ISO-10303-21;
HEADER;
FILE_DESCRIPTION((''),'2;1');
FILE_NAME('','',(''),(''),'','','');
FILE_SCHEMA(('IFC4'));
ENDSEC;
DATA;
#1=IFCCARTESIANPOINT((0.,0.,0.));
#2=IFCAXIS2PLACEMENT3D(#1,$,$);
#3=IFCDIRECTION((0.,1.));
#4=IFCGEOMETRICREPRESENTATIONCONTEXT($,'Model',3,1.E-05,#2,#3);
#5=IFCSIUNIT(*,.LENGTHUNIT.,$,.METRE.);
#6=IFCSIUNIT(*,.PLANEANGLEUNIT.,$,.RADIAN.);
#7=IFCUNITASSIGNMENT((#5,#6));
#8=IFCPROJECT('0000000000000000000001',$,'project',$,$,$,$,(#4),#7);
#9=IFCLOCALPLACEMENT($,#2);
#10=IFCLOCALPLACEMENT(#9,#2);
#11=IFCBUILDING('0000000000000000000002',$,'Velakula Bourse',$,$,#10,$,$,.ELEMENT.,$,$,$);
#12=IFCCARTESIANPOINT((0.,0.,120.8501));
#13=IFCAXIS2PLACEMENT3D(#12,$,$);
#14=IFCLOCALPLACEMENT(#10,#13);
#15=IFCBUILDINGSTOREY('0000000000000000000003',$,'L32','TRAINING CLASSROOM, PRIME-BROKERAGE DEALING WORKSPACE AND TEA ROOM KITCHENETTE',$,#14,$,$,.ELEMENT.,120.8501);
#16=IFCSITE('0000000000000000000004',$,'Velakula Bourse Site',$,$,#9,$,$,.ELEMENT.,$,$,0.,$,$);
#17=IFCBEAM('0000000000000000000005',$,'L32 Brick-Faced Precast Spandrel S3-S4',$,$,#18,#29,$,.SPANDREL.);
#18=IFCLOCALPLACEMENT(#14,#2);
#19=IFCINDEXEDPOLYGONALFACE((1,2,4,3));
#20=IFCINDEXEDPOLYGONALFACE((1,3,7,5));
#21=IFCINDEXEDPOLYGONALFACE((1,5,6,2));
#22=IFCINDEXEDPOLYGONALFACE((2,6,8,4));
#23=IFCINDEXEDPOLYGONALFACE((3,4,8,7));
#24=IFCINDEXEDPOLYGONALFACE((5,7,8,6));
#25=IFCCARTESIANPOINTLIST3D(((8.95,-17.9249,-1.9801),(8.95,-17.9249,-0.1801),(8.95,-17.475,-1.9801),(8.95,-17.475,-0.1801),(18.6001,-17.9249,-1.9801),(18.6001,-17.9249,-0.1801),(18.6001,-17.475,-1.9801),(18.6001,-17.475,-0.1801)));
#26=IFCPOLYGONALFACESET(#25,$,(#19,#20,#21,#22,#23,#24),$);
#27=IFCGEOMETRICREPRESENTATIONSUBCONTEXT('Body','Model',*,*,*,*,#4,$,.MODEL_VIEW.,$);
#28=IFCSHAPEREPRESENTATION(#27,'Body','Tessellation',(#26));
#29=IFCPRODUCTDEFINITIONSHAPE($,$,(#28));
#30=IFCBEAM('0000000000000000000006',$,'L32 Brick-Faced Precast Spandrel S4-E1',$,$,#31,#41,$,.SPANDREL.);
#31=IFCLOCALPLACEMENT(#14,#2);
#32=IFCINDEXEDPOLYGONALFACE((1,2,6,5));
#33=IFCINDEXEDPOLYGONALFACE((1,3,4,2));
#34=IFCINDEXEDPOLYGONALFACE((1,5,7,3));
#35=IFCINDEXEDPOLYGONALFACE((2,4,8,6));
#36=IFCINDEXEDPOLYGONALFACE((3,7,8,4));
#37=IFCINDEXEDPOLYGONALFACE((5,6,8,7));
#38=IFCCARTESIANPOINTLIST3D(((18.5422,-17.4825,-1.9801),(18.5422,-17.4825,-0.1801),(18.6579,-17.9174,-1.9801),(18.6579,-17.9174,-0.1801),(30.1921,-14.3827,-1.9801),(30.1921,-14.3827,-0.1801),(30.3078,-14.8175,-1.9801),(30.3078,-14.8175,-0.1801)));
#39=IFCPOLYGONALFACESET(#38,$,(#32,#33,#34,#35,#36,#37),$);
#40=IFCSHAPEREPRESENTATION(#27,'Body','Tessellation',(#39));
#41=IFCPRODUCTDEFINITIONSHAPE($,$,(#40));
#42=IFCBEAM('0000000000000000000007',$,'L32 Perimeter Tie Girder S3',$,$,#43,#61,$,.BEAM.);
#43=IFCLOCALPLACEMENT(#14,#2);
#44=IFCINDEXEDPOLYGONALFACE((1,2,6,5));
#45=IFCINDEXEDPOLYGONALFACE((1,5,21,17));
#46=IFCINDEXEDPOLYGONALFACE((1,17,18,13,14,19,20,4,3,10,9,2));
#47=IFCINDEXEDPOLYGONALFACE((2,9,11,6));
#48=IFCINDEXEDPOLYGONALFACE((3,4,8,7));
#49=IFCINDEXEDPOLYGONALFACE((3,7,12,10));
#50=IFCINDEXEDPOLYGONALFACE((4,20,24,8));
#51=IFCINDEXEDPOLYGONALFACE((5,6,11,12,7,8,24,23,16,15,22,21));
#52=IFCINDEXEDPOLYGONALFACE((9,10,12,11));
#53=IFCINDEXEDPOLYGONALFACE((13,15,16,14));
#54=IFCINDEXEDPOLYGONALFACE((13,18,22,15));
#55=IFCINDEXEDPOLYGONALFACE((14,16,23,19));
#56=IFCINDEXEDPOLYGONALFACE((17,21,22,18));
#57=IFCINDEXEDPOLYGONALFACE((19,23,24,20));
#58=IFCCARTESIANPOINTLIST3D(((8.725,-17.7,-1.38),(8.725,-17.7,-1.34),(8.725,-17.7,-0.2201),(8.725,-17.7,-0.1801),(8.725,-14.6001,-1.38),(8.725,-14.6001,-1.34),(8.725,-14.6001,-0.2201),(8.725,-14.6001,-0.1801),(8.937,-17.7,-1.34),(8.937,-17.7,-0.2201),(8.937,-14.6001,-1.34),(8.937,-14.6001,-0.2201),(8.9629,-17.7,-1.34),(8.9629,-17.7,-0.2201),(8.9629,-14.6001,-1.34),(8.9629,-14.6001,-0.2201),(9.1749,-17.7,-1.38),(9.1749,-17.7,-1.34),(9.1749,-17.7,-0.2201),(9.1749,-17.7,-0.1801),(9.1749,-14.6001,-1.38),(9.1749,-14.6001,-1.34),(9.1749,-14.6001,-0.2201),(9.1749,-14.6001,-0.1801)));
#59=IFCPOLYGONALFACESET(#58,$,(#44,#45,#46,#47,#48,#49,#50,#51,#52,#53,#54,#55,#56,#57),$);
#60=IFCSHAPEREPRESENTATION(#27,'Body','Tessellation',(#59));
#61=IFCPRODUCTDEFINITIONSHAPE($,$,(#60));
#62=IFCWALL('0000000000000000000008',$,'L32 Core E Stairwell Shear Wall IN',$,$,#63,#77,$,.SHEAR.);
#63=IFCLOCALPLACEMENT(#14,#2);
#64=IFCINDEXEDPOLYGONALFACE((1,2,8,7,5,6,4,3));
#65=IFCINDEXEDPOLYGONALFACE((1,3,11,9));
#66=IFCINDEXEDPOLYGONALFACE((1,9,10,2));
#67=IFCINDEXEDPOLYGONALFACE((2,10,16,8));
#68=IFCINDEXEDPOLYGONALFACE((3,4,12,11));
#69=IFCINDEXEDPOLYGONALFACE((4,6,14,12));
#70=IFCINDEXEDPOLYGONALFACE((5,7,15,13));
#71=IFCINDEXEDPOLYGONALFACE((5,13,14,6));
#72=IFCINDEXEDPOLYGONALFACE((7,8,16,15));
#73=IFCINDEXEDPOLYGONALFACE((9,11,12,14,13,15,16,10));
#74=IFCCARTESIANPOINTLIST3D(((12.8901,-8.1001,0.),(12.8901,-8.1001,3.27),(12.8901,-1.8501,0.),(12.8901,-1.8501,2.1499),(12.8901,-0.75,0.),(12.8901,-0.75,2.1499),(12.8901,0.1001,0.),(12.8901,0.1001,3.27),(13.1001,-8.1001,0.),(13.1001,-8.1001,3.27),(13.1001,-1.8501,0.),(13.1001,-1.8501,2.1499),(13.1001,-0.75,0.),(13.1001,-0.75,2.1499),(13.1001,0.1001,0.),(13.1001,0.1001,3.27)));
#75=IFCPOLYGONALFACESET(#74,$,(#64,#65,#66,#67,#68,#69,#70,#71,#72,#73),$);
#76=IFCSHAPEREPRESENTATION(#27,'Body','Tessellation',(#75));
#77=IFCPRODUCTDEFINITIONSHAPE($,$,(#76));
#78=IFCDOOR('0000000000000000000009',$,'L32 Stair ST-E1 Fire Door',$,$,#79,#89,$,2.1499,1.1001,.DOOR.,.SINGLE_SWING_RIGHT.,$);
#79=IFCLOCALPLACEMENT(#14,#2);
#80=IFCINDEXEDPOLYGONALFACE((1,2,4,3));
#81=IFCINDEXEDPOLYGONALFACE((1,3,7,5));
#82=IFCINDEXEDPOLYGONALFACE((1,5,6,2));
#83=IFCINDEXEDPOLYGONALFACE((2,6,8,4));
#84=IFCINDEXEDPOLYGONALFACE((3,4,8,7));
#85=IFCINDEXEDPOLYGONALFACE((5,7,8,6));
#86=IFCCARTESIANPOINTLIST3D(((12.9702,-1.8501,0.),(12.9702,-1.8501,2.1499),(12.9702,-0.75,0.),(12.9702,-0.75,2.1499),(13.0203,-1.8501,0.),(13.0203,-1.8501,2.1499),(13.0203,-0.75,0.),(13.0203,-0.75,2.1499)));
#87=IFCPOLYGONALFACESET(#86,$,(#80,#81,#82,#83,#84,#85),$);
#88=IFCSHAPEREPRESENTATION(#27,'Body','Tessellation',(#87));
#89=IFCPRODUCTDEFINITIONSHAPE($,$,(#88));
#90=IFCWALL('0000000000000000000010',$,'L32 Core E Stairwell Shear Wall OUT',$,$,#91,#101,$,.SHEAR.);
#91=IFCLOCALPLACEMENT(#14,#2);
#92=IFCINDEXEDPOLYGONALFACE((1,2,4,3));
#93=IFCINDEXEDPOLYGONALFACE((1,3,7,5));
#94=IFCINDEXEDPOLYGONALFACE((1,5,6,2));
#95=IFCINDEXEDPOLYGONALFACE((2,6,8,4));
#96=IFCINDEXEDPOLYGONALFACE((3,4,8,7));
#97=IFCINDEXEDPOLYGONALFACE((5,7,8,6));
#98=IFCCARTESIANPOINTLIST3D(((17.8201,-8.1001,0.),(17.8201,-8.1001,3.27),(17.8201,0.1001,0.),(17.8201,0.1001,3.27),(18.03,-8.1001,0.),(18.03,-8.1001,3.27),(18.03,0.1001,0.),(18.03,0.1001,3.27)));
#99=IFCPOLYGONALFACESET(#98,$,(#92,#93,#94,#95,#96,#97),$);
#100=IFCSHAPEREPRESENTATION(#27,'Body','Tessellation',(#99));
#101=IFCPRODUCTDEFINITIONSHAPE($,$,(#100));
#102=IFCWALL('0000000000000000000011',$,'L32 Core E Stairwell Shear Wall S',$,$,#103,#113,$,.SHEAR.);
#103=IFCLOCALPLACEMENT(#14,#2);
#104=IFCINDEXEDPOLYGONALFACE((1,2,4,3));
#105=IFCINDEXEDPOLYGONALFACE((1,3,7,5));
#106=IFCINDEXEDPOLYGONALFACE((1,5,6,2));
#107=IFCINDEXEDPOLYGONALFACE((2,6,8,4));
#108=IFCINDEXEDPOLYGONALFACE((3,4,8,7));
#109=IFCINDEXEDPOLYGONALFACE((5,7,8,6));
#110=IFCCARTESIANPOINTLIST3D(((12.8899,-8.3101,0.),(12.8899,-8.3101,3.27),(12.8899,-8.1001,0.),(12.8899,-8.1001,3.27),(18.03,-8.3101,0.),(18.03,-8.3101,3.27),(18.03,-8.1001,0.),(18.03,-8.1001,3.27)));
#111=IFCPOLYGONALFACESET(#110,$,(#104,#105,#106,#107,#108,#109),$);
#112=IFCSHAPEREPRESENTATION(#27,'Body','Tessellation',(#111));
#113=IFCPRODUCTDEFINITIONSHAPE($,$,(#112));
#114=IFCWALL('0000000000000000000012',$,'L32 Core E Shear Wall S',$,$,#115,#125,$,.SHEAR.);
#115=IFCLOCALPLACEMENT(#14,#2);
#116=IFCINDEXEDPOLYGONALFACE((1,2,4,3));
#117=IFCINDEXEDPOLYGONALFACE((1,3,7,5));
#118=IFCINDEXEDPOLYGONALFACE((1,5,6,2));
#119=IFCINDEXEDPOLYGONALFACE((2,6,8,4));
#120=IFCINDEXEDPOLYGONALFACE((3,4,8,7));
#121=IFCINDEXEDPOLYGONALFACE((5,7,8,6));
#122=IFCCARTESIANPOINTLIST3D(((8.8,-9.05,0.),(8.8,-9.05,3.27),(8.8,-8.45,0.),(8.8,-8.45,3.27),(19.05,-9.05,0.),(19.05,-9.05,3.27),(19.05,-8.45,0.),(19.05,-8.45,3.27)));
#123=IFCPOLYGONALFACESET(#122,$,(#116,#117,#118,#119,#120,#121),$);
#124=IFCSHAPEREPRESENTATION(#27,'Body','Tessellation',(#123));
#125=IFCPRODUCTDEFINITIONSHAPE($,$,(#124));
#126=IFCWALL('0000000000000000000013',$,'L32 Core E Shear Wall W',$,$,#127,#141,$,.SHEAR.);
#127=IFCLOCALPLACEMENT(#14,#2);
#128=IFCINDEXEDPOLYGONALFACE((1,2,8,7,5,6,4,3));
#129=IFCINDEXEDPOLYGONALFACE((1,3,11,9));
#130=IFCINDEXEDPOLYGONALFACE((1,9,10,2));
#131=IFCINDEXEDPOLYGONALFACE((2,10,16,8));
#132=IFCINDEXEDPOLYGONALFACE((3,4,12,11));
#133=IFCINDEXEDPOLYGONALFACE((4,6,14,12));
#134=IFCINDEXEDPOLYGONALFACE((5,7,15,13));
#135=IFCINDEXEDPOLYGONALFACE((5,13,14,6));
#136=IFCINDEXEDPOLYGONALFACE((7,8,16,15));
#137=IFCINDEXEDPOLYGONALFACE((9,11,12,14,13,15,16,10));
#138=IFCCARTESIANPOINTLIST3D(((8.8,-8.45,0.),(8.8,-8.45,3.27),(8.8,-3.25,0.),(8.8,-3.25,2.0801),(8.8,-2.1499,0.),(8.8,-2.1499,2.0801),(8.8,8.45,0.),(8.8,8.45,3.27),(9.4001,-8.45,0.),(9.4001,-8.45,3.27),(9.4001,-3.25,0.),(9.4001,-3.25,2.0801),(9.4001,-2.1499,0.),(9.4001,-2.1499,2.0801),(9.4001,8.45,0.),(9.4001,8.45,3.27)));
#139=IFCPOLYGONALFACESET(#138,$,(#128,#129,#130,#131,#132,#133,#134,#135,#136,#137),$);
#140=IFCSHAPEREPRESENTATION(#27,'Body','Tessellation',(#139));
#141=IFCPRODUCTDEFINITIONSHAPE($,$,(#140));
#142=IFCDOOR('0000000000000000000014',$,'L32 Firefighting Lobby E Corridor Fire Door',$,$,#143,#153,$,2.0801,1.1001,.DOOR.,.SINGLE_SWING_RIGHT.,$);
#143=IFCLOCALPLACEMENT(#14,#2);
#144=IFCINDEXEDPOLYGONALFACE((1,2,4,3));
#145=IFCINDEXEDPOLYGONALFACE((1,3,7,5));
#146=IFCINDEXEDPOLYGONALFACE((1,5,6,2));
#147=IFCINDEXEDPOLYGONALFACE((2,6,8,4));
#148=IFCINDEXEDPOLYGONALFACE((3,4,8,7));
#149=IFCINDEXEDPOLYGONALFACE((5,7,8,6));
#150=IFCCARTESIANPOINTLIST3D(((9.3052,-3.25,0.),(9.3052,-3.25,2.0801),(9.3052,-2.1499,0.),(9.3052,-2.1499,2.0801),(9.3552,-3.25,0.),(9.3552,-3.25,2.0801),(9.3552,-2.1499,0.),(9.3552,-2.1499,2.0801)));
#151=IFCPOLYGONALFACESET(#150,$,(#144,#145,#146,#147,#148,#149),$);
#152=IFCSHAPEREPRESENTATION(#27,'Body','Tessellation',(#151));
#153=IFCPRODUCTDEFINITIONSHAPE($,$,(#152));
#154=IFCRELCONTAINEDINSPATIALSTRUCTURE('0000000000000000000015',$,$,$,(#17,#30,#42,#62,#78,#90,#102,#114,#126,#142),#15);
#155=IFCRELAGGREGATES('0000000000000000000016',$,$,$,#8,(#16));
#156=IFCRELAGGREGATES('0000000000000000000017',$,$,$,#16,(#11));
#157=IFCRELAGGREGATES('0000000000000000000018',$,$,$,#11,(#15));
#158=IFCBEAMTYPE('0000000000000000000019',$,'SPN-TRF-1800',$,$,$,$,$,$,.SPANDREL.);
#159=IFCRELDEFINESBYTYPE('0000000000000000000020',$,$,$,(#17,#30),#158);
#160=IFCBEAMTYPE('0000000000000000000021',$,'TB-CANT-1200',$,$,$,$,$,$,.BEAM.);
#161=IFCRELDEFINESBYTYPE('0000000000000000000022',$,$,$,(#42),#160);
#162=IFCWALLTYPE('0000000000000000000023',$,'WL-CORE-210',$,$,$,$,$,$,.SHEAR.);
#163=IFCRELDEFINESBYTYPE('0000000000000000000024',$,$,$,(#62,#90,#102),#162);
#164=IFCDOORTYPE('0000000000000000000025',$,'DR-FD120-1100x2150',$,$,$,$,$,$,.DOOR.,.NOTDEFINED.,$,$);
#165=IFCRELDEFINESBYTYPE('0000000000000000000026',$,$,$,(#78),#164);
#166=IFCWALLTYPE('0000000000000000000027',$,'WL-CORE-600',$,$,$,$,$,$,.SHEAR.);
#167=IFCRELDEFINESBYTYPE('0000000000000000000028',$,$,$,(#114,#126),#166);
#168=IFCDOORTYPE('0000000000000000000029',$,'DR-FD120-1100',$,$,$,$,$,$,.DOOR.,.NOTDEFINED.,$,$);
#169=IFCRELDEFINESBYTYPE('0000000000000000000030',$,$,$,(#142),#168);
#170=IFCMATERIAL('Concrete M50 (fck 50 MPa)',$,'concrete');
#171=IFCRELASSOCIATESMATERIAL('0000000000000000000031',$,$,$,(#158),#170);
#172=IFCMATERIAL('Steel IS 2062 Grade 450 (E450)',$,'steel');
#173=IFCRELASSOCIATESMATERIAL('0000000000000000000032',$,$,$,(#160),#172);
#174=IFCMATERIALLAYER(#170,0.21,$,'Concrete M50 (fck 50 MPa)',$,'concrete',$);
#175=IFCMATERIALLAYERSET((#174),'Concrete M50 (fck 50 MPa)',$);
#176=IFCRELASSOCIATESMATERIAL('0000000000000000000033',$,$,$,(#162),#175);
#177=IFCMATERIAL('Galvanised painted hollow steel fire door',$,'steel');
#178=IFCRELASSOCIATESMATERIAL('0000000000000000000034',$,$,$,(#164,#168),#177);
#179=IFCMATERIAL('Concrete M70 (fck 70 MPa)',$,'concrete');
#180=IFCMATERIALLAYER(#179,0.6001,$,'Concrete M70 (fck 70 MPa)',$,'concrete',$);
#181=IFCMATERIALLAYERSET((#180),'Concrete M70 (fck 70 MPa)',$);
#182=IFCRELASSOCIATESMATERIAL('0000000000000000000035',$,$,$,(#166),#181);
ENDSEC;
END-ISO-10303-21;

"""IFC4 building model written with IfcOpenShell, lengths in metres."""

from ifc_helpers import new_model, si_unit, direction, frame, frame_2d, origin, origin_2d, place, context, subcontext, project, spatial, rectangle, i_section, extrude, material, layer, layer_set, material_profile, profile_set, type_object, element, fill, save


model = new_model("IFC4")

# Units and contexts
model_context = context("Model", 3, precision=1e-05, world=origin(), true_north=direction((0.0, 1.0)))
body_context = subcontext(model_context, "Body", "Model", "MODEL_VIEW")
ifc_project = project(units=[si_unit("LENGTHUNIT", "METRE"), si_unit("PLANEANGLEUNIT", "RADIAN")], contexts=[model_context])

# Site, building, storey
site_placement = place(None, origin())
site = spatial("IfcSite", under=ifc_project, at=site_placement, Name="Velakula Bourse Site", CompositionType="ELEMENT", RefElevation=0.0)
building_placement = place(site_placement, origin())
building = spatial("IfcBuilding", under=site, at=building_placement, Name="Velakula Bourse", CompositionType="ELEMENT")
storey_placement = place(building_placement, frame((0.0, 0.0, 120.8501)))
storey = spatial("IfcBuildingStorey", under=building, at=storey_placement, Name="L32", Description="TRAINING CLASSROOM, PRIME-BROKERAGE DEALING WORKSPACE AND TEA ROOM KITCHENETTE", CompositionType="ELEMENT", Elevation=120.8501)

# Shared definitions
ifc_material_1 = material(Name="Concrete M70 (fck 70 MPa)", Category="concrete")

# Beams
ifc_material_2 = material(Name="Concrete M50 (fck 50 MPa)", Category="concrete")
ifc_material_profile_1 = material_profile(ifc_material_2, rectangle(XDim=0.45, YDim=1.8, at=origin_2d()), Name="Concrete M50 (fck 50 MPa)")
ifc_profile_set_1 = profile_set([ifc_material_profile_1], Name="Concrete M50 (fck 50 MPa)")
beam_type_1 = type_object("IfcBeamType", Name="SPN-TRF-1800", PredefinedType="SPANDREL", material=ifc_profile_set_1)
beam_1_placement = place(storey_placement, frame((8.95, -17.7, -1.0801), z_axis=(1.0, 0.0, 0.0), x_axis=(0.0, 1.0, 0.0)))
element("IfcBeam", 1, at=beam_1_placement, inside=storey, type_object=beam_type_1, Name="L32 Brick-Faced Precast Spandrel S3-S4", PredefinedType="SPANDREL", context=body_context, shape_type="SweptSolid", body=[
    extrude(rectangle(XDim=0.45, YDim=1.8, at=origin_2d()), origin(), (0.0, 0.0, 1.0), 9.6501),
])
beam_2_placement = place(storey_placement, frame((18.6001, -17.7, -1.0801), z_axis=(0.966375, 0.257137, 0.0), x_axis=(-0.257137, 0.966375, 0.0)))
element("IfcBeam", 2, at=beam_2_placement, inside=storey, type_object=beam_type_1, Name="L32 Brick-Faced Precast Spandrel S4-E1", PredefinedType="SPANDREL", context=body_context, shape_type="SweptSolid", body=[
    extrude(rectangle(XDim=0.45, YDim=1.8, at=origin_2d()), origin(), (0.0, 0.0, 1.0), 12.0552),
])
ifc_material_3 = material(Name="Steel IS 2062 Grade 450 (E450)", Category="steel")
ifc_material_profile_2 = material_profile(ifc_material_3, i_section(OverallWidth=0.45, OverallDepth=1.2, WebThickness=0.0259, FlangeThickness=0.04, at=origin_2d()), Name="Steel IS 2062 Grade 450 (E450)")
ifc_profile_set_2 = profile_set([ifc_material_profile_2], Name="Steel IS 2062 Grade 450 (E450)")
beam_type_2 = type_object("IfcBeamType", Name="TB-CANT-1200", PredefinedType="BEAM", material=ifc_profile_set_2)
beam_3_placement = place(storey_placement, frame((8.95, -14.6001, -0.78), z_axis=(0.0, -1.0, 0.0), x_axis=(1.0, 0.0, 0.0)))
element("IfcBeam", 3, at=beam_3_placement, inside=storey, type_object=beam_type_2, Name="L32 Perimeter Tie Girder S3", PredefinedType="BEAM", context=body_context, shape_type="SweptSolid", body=[
    extrude(i_section(OverallWidth=0.45, OverallDepth=1.2, WebThickness=0.0259, FlangeThickness=0.04, at=origin_2d()), origin(), (0.0, 0.0, 1.0), 3.0999),
])

# Wall, opening, door
ifc_layer_1 = layer(ifc_material_2, 0.21, Name="Concrete M50 (fck 50 MPa)", Category="concrete")
ifc_layer_set_1 = layer_set([ifc_layer_1], Name="Concrete M50 (fck 50 MPa)")
wall_type_1 = type_object("IfcWallType", Name="WL-CORE-210", PredefinedType="SHEAR", material=ifc_layer_set_1)
wall_1_placement = place(storey_placement, frame((12.9951, -8.1001, 0.0), z_axis=(0.0, 0.0, 1.0), x_axis=(0.0, 1.0, 0.0)))
wall_1 = element("IfcWall", 4, at=wall_1_placement, inside=storey, type_object=wall_type_1, Name="L32 Core E Stairwell Shear Wall IN", PredefinedType="SHEAR", context=body_context, shape_type="SweptSolid", body=[
    extrude(rectangle(XDim=8.2002, YDim=0.21, at=frame_2d((4.1001, 0.0))), origin(), (0.0, 0.0, 1.0), 3.27),
])
opening_1_placement = place(wall_1_placement, frame((6.25, 0.0, 0.0)))
opening_1 = element("IfcOpeningElement", 5, at=opening_1_placement, cuts=wall_1, PredefinedType="OPENING", context=body_context, shape_type="SweptSolid", body=[
    extrude(rectangle(XDim=1.1001, YDim=2.1499, at=frame_2d((0.55, 1.075))), frame((0.0, 0.115, 0.0), z_axis=(0.0, -1.0, 0.0), x_axis=(1.0, 0.0, 0.0)), (0.0, 0.0, 1.0), 0.23),
])
ifc_material_4 = material(Name="Galvanised painted hollow steel fire door", Category="steel")
door_type_1 = type_object("IfcDoorType", Name="DR-FD120-1100x2150", OperationType="NOTDEFINED", PredefinedType="DOOR", material=ifc_material_4)
door_1_placement = place(opening_1_placement, origin())
door_1 = element("IfcDoor", 6, at=door_1_placement, inside=storey, type_object=door_type_1, Name="L32 Stair ST-E1 Fire Door", OperationType="SINGLE_SWING_RIGHT", OverallHeight=2.1499, OverallWidth=1.1001, PredefinedType="DOOR", context=body_context, shape_type="SweptSolid", body=[
    extrude(rectangle(XDim=1.1001, YDim=2.1499, at=frame_2d((0.55, 1.075))), frame((0.0, 0.0249, 0.0), z_axis=(0.0, -1.0, 0.0), x_axis=(1.0, 0.0, 0.0)), (0.0, 0.0, 1.0), 0.05),
])
fill(opening_1, door_1)

# Walls
wall_2_placement = place(storey_placement, frame((17.925, -8.1001, 0.0), z_axis=(0.0, 0.0, 1.0), x_axis=(0.0, 1.0, 0.0)))
element("IfcWall", 7, at=wall_2_placement, inside=storey, type_object=wall_type_1, Name="L32 Core E Stairwell Shear Wall OUT", PredefinedType="SHEAR", context=body_context, shape_type="SweptSolid", body=[
    extrude(rectangle(XDim=8.2002, YDim=0.21, at=frame_2d((4.1001, 0.0))), origin(), (0.0, 0.0, 1.0), 3.27),
])
wall_3_placement = place(storey_placement, frame((12.8899, -8.2051, 0.0), z_axis=(0.0, 0.0, 1.0), x_axis=(1.0, 0.0, 0.0)))
element("IfcWall", 8, at=wall_3_placement, inside=storey, type_object=wall_type_1, Name="L32 Core E Stairwell Shear Wall S", PredefinedType="SHEAR", context=body_context, shape_type="SweptSolid", body=[
    extrude(rectangle(XDim=5.1401, YDim=0.21, at=frame_2d((2.5701, 0.0))), origin(), (0.0, 0.0, 1.0), 3.27),
])
ifc_layer_2 = layer(ifc_material_1, 0.6001, Name="Concrete M70 (fck 70 MPa)", Category="concrete")
ifc_layer_set_2 = layer_set([ifc_layer_2], Name="Concrete M70 (fck 70 MPa)")
wall_type_2 = type_object("IfcWallType", Name="WL-CORE-600", PredefinedType="SHEAR", material=ifc_layer_set_2)
wall_4_placement = place(storey_placement, frame((8.8, -8.75, 0.0), z_axis=(0.0, 0.0, 1.0), x_axis=(1.0, 0.0, 0.0)))
element("IfcWall", 9, at=wall_4_placement, inside=storey, type_object=wall_type_2, Name="L32 Core E Shear Wall S", PredefinedType="SHEAR", context=body_context, shape_type="SweptSolid", body=[
    extrude(rectangle(XDim=10.25, YDim=0.6001, at=frame_2d((5.125, 0.0))), origin(), (0.0, 0.0, 1.0), 3.27),
])

# Wall, opening, door
wall_5_placement = place(storey_placement, frame((9.1001, -8.45, 0.0), z_axis=(0.0, 0.0, 1.0), x_axis=(0.0, 1.0, 0.0)))
wall_5 = element("IfcWall", 10, at=wall_5_placement, inside=storey, type_object=wall_type_2, Name="L32 Core E Shear Wall W", PredefinedType="SHEAR", context=body_context, shape_type="SweptSolid", body=[
    extrude(rectangle(XDim=16.8999, YDim=0.6001, at=frame_2d((8.45, 0.0))), origin(), (0.0, 0.0, 1.0), 3.27),
])
opening_2_placement = place(wall_5_placement, frame((5.2, 0.0, 0.0)))
opening_2 = element("IfcOpeningElement", 11, at=opening_2_placement, cuts=wall_5, PredefinedType="OPENING", context=body_context, shape_type="SweptSolid", body=[
    extrude(rectangle(XDim=1.1001, YDim=2.0801, at=frame_2d((0.55, 1.04))), frame((0.0, 0.3101, 0.0), z_axis=(0.0, -1.0, 0.0), x_axis=(1.0, 0.0, 0.0)), (0.0, 0.0, 1.0), 0.6201),
])
door_type_2 = type_object("IfcDoorType", Name="DR-FD120-1100", OperationType="NOTDEFINED", PredefinedType="DOOR", material=ifc_material_4)
door_2_placement = place(opening_2_placement, origin())
door_2 = element("IfcDoor", 12, at=door_2_placement, inside=storey, type_object=door_type_2, Name="L32 Firefighting Lobby E Corridor Fire Door", OperationType="SINGLE_SWING_RIGHT", OverallHeight=2.0801, OverallWidth=1.1001, PredefinedType="DOOR", context=body_context, shape_type="SweptSolid", body=[
    extrude(rectangle(XDim=1.1001, YDim=2.0801, at=frame_2d((0.55, 1.04))), frame((0.0, -0.2051, 0.0), z_axis=(0.0, -1.0, 0.0), x_axis=(1.0, 0.0, 0.0)), (0.0, 0.0, 1.0), 0.05),
])
fill(opening_2, door_2)

save(model, "model.ifc")
